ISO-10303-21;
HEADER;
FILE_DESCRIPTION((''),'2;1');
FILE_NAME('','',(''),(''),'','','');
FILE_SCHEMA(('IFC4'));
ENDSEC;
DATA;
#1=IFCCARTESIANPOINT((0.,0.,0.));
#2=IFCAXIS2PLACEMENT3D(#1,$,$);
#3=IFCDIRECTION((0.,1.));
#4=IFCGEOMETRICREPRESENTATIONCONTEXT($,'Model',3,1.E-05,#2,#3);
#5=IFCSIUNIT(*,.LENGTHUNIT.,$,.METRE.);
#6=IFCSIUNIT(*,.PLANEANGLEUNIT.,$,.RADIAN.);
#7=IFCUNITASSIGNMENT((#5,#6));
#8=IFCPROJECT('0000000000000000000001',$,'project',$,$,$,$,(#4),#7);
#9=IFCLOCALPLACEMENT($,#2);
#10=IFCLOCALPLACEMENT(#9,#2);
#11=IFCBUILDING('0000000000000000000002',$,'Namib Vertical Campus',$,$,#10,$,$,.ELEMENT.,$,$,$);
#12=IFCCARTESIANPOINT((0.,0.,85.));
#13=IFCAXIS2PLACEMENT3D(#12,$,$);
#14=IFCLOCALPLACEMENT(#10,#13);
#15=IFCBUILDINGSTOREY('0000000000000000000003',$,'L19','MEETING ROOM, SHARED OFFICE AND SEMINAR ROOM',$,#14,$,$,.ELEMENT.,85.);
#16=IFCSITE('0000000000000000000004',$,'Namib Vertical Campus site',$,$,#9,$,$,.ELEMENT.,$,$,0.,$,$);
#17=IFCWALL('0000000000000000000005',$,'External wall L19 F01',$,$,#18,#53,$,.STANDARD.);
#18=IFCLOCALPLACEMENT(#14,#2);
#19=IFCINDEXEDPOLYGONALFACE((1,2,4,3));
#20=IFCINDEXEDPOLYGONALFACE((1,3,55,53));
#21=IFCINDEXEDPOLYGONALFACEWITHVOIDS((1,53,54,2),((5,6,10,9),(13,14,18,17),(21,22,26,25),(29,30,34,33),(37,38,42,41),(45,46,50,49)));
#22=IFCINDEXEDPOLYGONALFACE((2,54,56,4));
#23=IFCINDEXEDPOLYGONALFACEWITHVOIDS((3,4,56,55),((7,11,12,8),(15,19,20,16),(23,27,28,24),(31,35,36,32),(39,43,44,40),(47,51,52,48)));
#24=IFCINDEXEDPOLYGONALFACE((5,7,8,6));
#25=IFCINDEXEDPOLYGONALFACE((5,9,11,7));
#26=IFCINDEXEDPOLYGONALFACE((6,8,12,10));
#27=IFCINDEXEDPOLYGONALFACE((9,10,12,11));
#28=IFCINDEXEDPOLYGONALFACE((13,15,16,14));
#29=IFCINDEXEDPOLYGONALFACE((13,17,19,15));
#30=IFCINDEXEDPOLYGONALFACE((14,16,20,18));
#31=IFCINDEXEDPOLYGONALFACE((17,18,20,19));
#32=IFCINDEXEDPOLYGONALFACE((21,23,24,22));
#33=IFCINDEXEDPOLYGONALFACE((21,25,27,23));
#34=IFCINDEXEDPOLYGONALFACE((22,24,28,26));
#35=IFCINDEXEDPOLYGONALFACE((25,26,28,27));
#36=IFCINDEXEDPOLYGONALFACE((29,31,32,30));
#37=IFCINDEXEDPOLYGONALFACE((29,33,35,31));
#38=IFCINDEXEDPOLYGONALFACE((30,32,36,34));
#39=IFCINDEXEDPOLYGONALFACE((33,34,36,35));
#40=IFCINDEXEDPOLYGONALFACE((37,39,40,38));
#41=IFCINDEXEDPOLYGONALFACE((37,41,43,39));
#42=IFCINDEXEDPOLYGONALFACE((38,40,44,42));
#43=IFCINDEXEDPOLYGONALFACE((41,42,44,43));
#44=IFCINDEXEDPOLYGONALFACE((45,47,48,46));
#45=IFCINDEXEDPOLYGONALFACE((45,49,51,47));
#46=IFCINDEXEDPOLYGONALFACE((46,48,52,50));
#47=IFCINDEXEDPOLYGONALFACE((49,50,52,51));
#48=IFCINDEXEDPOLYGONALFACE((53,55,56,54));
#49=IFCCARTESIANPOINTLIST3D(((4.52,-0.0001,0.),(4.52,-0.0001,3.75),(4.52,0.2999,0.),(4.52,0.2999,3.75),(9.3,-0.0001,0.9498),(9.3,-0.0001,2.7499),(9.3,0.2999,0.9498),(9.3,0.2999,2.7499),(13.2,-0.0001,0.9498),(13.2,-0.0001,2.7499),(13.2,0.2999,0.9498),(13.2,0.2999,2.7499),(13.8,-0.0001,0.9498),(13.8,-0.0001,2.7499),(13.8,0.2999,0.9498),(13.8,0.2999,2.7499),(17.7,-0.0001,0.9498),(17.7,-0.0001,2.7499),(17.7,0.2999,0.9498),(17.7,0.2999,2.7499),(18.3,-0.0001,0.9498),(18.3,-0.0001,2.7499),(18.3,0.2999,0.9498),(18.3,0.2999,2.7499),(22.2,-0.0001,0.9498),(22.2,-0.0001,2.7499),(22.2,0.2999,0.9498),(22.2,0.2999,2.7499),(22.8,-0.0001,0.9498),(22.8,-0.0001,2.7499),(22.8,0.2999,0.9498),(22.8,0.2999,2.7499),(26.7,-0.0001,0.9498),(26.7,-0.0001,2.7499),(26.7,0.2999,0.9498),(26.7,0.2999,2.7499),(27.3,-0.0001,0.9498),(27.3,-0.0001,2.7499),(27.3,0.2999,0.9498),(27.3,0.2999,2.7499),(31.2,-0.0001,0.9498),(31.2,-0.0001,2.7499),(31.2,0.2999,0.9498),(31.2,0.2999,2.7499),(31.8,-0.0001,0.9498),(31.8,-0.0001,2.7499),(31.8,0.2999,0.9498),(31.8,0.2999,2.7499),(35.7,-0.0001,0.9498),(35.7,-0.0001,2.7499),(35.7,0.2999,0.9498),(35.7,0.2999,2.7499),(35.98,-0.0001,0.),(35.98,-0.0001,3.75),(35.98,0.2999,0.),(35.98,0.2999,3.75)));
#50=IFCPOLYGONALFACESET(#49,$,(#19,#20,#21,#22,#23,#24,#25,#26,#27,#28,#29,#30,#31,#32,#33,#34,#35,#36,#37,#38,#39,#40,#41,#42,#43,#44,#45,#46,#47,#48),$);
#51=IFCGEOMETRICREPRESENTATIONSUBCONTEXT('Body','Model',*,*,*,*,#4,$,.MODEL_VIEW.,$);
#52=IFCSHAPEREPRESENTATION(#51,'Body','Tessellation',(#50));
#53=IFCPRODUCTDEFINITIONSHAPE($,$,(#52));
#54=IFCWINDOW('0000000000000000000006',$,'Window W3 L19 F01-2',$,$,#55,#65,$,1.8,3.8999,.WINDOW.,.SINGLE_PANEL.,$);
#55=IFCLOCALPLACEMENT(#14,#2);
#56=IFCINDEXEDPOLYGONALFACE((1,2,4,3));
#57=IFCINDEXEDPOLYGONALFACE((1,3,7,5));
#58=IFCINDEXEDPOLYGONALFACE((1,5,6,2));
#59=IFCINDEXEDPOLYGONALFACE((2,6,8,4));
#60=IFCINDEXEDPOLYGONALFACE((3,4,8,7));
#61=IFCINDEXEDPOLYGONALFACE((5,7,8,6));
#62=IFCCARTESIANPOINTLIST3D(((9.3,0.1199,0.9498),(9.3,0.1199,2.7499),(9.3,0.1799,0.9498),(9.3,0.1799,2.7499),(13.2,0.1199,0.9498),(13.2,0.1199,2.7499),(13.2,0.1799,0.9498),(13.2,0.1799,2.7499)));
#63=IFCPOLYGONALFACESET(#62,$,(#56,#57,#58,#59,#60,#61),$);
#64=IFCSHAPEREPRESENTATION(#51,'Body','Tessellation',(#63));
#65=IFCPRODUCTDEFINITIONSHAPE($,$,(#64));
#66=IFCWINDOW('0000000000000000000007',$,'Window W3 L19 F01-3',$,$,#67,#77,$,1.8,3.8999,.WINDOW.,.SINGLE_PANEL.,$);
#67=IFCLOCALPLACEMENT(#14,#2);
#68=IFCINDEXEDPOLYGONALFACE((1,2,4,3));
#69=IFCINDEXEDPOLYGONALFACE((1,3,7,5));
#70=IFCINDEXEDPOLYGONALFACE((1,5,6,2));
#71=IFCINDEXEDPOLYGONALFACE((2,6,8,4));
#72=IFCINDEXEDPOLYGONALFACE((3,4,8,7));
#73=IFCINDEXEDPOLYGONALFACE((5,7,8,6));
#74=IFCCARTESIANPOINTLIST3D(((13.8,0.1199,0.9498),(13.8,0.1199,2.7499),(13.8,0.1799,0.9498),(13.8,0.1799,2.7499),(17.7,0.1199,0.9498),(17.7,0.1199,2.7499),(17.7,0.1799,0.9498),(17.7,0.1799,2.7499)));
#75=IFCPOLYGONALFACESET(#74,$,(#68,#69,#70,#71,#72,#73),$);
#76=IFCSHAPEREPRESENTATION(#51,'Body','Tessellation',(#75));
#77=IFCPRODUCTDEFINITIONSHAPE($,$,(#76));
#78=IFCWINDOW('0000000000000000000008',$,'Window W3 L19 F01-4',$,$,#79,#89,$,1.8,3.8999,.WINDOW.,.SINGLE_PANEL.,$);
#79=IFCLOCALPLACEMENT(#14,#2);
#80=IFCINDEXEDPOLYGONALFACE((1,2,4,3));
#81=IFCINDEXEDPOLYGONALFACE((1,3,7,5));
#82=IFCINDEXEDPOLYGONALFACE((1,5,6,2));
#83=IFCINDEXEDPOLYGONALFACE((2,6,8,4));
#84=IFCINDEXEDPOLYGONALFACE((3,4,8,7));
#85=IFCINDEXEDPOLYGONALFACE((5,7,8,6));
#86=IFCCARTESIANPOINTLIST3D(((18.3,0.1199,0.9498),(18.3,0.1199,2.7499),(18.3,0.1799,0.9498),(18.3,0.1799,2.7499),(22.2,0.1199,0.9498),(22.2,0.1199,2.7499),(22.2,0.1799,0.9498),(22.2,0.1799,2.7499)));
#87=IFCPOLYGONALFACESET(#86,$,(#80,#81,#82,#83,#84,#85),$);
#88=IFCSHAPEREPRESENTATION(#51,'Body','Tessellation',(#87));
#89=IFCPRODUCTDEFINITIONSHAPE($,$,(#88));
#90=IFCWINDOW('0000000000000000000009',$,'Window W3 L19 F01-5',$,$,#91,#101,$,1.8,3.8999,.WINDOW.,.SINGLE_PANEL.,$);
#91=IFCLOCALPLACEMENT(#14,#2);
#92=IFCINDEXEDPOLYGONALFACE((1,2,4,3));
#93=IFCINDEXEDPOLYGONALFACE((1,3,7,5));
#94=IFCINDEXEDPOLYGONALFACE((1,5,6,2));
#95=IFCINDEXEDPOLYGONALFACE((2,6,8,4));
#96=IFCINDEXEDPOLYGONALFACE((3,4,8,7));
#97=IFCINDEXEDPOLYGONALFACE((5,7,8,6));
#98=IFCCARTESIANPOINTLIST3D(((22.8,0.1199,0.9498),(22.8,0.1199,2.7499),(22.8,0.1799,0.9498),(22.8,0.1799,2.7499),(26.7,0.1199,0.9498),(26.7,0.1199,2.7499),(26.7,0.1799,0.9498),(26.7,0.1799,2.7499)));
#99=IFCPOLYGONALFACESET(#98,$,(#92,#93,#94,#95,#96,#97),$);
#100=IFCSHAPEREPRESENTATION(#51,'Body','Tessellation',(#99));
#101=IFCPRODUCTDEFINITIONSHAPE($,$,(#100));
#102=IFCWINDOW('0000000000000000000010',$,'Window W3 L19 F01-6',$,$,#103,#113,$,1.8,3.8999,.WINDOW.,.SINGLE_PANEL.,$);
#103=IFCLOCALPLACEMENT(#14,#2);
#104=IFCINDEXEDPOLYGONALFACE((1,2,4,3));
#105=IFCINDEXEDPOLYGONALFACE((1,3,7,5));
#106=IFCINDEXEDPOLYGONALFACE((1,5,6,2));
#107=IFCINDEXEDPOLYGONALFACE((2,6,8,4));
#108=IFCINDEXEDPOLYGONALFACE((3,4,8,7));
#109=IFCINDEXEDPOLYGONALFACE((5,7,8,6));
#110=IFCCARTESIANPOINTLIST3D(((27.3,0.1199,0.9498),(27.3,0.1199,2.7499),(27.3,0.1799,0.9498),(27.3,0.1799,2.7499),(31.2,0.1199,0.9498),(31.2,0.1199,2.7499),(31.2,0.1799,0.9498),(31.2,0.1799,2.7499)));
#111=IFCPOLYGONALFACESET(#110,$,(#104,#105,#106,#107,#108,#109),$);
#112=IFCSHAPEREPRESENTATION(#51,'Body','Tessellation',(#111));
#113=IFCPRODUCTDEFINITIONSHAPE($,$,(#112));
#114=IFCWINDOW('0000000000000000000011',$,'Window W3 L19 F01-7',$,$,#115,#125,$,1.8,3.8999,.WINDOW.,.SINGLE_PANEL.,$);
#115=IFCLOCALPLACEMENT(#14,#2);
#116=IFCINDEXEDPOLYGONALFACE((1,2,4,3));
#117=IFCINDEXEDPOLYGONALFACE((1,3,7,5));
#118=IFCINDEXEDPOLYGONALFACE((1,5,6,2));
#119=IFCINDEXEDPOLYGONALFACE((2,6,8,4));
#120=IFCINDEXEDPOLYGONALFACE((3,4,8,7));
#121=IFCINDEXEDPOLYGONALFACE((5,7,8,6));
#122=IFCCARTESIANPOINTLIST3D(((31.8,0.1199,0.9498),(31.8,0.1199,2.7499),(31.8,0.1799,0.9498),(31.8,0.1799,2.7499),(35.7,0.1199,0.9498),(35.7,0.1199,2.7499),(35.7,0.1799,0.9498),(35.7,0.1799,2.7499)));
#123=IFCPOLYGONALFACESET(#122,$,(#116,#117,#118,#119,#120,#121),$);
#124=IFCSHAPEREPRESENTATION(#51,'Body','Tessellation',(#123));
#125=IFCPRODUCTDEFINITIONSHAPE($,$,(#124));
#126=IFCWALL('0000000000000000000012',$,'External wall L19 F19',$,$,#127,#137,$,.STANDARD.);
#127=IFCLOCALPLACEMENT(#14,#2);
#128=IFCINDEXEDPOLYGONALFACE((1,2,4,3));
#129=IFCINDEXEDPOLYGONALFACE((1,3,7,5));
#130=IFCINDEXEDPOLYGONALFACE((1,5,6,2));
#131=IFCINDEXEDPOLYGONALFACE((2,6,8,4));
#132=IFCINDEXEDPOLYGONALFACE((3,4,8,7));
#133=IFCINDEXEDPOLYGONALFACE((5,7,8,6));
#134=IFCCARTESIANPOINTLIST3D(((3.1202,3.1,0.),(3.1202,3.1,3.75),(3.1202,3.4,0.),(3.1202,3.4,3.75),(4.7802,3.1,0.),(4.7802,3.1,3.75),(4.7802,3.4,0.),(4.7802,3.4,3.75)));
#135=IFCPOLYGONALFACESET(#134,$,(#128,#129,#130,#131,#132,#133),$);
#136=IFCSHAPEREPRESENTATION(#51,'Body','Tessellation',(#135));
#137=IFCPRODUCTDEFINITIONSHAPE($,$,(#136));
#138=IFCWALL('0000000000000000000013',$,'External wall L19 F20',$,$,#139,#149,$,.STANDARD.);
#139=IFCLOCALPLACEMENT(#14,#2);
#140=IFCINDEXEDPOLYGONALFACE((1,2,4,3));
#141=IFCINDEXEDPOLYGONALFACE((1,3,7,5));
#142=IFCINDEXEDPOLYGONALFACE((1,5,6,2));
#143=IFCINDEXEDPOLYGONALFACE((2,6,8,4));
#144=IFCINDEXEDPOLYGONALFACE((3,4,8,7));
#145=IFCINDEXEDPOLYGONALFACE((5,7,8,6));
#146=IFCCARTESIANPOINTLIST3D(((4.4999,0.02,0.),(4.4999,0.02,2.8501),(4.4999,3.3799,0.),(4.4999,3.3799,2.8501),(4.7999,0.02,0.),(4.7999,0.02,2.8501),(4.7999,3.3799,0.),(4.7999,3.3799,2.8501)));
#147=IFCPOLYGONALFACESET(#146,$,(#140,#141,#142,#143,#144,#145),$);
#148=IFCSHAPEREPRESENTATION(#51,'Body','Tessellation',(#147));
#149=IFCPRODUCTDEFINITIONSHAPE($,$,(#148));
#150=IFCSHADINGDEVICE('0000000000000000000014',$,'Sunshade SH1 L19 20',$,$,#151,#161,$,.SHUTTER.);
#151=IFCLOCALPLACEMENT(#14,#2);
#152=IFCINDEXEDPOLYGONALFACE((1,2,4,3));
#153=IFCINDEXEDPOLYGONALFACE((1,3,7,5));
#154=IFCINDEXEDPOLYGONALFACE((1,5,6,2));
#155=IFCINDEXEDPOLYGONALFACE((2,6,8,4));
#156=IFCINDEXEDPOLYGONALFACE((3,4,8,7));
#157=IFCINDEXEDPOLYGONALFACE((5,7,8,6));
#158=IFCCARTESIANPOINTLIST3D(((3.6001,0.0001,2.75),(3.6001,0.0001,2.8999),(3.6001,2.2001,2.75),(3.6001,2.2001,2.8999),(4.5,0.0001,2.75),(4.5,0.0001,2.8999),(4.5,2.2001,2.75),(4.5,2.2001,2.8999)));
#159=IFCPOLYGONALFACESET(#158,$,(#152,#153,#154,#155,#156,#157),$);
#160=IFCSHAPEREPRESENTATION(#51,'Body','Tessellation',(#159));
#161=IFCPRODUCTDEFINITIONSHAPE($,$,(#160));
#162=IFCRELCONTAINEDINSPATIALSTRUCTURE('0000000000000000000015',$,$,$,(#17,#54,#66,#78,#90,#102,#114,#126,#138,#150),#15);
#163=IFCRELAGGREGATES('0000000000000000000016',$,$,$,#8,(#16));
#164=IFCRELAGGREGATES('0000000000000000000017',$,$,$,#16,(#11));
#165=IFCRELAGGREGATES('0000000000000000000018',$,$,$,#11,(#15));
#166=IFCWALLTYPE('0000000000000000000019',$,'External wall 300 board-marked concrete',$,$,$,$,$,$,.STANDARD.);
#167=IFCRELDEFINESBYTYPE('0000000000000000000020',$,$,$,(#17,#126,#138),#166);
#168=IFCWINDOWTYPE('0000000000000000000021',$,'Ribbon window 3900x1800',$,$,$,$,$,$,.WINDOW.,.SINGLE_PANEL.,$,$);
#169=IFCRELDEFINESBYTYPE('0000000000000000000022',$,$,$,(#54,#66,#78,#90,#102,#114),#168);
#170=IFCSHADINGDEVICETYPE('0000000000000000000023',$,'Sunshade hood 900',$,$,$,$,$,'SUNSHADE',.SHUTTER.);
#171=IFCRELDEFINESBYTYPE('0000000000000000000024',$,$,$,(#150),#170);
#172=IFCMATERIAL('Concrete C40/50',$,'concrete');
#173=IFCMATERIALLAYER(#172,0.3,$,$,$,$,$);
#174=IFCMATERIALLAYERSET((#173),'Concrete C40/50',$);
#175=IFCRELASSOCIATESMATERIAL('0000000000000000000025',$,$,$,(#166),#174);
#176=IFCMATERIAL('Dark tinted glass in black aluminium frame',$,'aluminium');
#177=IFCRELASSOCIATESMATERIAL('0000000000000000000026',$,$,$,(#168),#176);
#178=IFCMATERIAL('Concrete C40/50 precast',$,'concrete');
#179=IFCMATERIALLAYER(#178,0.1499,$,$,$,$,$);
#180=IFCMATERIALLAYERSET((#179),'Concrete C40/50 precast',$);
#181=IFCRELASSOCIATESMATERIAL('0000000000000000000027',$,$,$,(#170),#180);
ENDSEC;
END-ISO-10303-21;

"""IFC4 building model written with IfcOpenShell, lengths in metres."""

from ifc_helpers import new_model, si_unit, direction, frame, frame_2d, origin, origin_2d, place, context, subcontext, project, spatial, rectangle, extrude, material, layer, layer_set, type_object, element, fill, save


model = new_model("IFC4")

# Units and contexts
model_context = context("Model", 3, precision=1e-05, world=origin(), true_north=direction((0.0, 1.0)))
body_context = subcontext(model_context, "Body", "Model", "MODEL_VIEW")
ifc_project = project(units=[si_unit("LENGTHUNIT", "METRE"), si_unit("PLANEANGLEUNIT", "RADIAN")], contexts=[model_context])

# Site, building, storey
site_placement = place(None, origin())
site = spatial("IfcSite", under=ifc_project, at=site_placement, Name="Namib Vertical Campus site", CompositionType="ELEMENT", RefElevation=0.0)
building_placement = place(site_placement, origin())
building = spatial("IfcBuilding", under=site, at=building_placement, Name="Namib Vertical Campus", CompositionType="ELEMENT")
storey_placement = place(building_placement, frame((0.0, 0.0, 85.0)))
storey = spatial("IfcBuildingStorey", under=building, at=storey_placement, Name="L19", Description="MEETING ROOM, SHARED OFFICE AND SEMINAR ROOM", CompositionType="ELEMENT", Elevation=85.0)

# Wall, openings, windows
ifc_material_1 = material(Name="Concrete C40/50", Category="concrete")
ifc_layer_1 = layer(ifc_material_1, 0.3)
ifc_layer_set_1 = layer_set([ifc_layer_1], Name="Concrete C40/50")
wall_type = type_object("IfcWallType", Name="External wall 300 board-marked concrete", PredefinedType="STANDARD", material=ifc_layer_set_1)
wall_1_placement = place(storey_placement, frame((4.52, 0.1499, 0.0), z_axis=(0.0, 0.0, 1.0), x_axis=(1.0, 0.0, 0.0)))
wall_1 = element("IfcWall", 1, at=wall_1_placement, inside=storey, type_object=wall_type, Name="External wall L19 F01", PredefinedType="STANDARD", context=body_context, shape_type="SweptSolid", body=[
    extrude(rectangle(XDim=31.46, YDim=0.3, at=frame_2d((15.73, 0.0))), origin(), (0.0, 0.0, 1.0), 3.75),
])
opening_1_placement = place(wall_1_placement, frame((4.78, 0.0, 0.95)))
opening_1 = element("IfcOpeningElement", 2, at=opening_1_placement, cuts=wall_1, PredefinedType="OPENING", context=body_context, shape_type="SweptSolid", body=[
    extrude(rectangle(XDim=3.8999, YDim=1.8, at=frame_2d((1.95, 0.8999))), frame((0.0, 0.1599, 0.0), z_axis=(0.0, -1.0, 0.0), x_axis=(1.0, 0.0, 0.0)), (0.0, 0.0, 1.0), 0.3201),
])
opening_2_placement = place(wall_1_placement, frame((9.28, 0.0, 0.95)))
opening_2 = element("IfcOpeningElement", 3, at=opening_2_placement, cuts=wall_1, PredefinedType="OPENING", context=body_context, shape_type="SweptSolid", body=[
    extrude(rectangle(XDim=3.8999, YDim=1.8, at=frame_2d((1.95, 0.8999))), frame((0.0, 0.1599, 0.0), z_axis=(0.0, -1.0, 0.0), x_axis=(1.0, 0.0, 0.0)), (0.0, 0.0, 1.0), 0.3201),
])
opening_3_placement = place(wall_1_placement, frame((13.78, 0.0, 0.95)))
opening_3 = element("IfcOpeningElement", 4, at=opening_3_placement, cuts=wall_1, PredefinedType="OPENING", context=body_context, shape_type="SweptSolid", body=[
    extrude(rectangle(XDim=3.8999, YDim=1.8, at=frame_2d((1.95, 0.8999))), frame((0.0, 0.1599, 0.0), z_axis=(0.0, -1.0, 0.0), x_axis=(1.0, 0.0, 0.0)), (0.0, 0.0, 1.0), 0.3201),
])
opening_4_placement = place(wall_1_placement, frame((18.28, 0.0, 0.95)))
opening_4 = element("IfcOpeningElement", 5, at=opening_4_placement, cuts=wall_1, PredefinedType="OPENING", context=body_context, shape_type="SweptSolid", body=[
    extrude(rectangle(XDim=3.8999, YDim=1.8, at=frame_2d((1.95, 0.8999))), frame((0.0, 0.1599, 0.0), z_axis=(0.0, -1.0, 0.0), x_axis=(1.0, 0.0, 0.0)), (0.0, 0.0, 1.0), 0.3201),
])
opening_5_placement = place(wall_1_placement, frame((22.78, 0.0, 0.95)))
opening_5 = element("IfcOpeningElement", 6, at=opening_5_placement, cuts=wall_1, PredefinedType="OPENING", context=body_context, shape_type="SweptSolid", body=[
    extrude(rectangle(XDim=3.8999, YDim=1.8, at=frame_2d((1.95, 0.8999))), frame((0.0, 0.1599, 0.0), z_axis=(0.0, -1.0, 0.0), x_axis=(1.0, 0.0, 0.0)), (0.0, 0.0, 1.0), 0.3201),
])
opening_6_placement = place(wall_1_placement, frame((27.28, 0.0, 0.95)))
opening_6 = element("IfcOpeningElement", 7, at=opening_6_placement, cuts=wall_1, PredefinedType="OPENING", context=body_context, shape_type="SweptSolid", body=[
    extrude(rectangle(XDim=3.8999, YDim=1.8, at=frame_2d((1.95, 0.8999))), frame((0.0, 0.1599, 0.0), z_axis=(0.0, -1.0, 0.0), x_axis=(1.0, 0.0, 0.0)), (0.0, 0.0, 1.0), 0.3201),
])
ifc_material_2 = material(Name="Dark tinted glass in black aluminium frame", Category="aluminium")
window_type = type_object("IfcWindowType", Name="Ribbon window 3900x1800", PartitioningType="SINGLE_PANEL", PredefinedType="WINDOW", material=ifc_material_2)
window_1_placement = place(opening_1_placement, origin())
window_1 = element("IfcWindow", 8, at=window_1_placement, inside=storey, type_object=window_type, Name="Window W3 L19 F01-2", OverallHeight=1.8, OverallWidth=3.8999, PartitioningType="SINGLE_PANEL", PredefinedType="WINDOW", context=body_context, shape_type="SweptSolid", body=[
    extrude(rectangle(XDim=3.8999, YDim=1.8, at=frame_2d((1.95, 0.8999))), frame((0.0, 0.03, 0.0), z_axis=(0.0, -1.0, 0.0), x_axis=(1.0, 0.0, 0.0)), (0.0, 0.0, 1.0), 0.0601),
])
fill(opening_1, window_1)
window_2_placement = place(opening_2_placement, origin())
window_2 = element("IfcWindow", 9, at=window_2_placement, inside=storey, type_object=window_type, Name="Window W3 L19 F01-3", OverallHeight=1.8, OverallWidth=3.8999, PartitioningType="SINGLE_PANEL", PredefinedType="WINDOW", context=body_context, shape_type="SweptSolid", body=[
    extrude(rectangle(XDim=3.8999, YDim=1.8, at=frame_2d((1.95, 0.8999))), frame((0.0, 0.03, 0.0), z_axis=(0.0, -1.0, 0.0), x_axis=(1.0, 0.0, 0.0)), (0.0, 0.0, 1.0), 0.0601),
])
fill(opening_2, window_2)
window_3_placement = place(opening_3_placement, origin())
window_3 = element("IfcWindow", 10, at=window_3_placement, inside=storey, type_object=window_type, Name="Window W3 L19 F01-4", OverallHeight=1.8, OverallWidth=3.8999, PartitioningType="SINGLE_PANEL", PredefinedType="WINDOW", context=body_context, shape_type="SweptSolid", body=[
    extrude(rectangle(XDim=3.8999, YDim=1.8, at=frame_2d((1.95, 0.8999))), frame((0.0, 0.03, 0.0), z_axis=(0.0, -1.0, 0.0), x_axis=(1.0, 0.0, 0.0)), (0.0, 0.0, 1.0), 0.0601),
])
fill(opening_3, window_3)
window_4_placement = place(opening_4_placement, origin())
window_4 = element("IfcWindow", 11, at=window_4_placement, inside=storey, type_object=window_type, Name="Window W3 L19 F01-5", OverallHeight=1.8, OverallWidth=3.8999, PartitioningType="SINGLE_PANEL", PredefinedType="WINDOW", context=body_context, shape_type="SweptSolid", body=[
    extrude(rectangle(XDim=3.8999, YDim=1.8, at=frame_2d((1.95, 0.8999))), frame((0.0, 0.03, 0.0), z_axis=(0.0, -1.0, 0.0), x_axis=(1.0, 0.0, 0.0)), (0.0, 0.0, 1.0), 0.0601),
])
fill(opening_4, window_4)
window_5_placement = place(opening_5_placement, origin())
window_5 = element("IfcWindow", 12, at=window_5_placement, inside=storey, type_object=window_type, Name="Window W3 L19 F01-6", OverallHeight=1.8, OverallWidth=3.8999, PartitioningType="SINGLE_PANEL", PredefinedType="WINDOW", context=body_context, shape_type="SweptSolid", body=[
    extrude(rectangle(XDim=3.8999, YDim=1.8, at=frame_2d((1.95, 0.8999))), frame((0.0, 0.03, 0.0), z_axis=(0.0, -1.0, 0.0), x_axis=(1.0, 0.0, 0.0)), (0.0, 0.0, 1.0), 0.0601),
])
fill(opening_5, window_5)
window_6_placement = place(opening_6_placement, origin())
window_6 = element("IfcWindow", 13, at=window_6_placement, inside=storey, type_object=window_type, Name="Window W3 L19 F01-7", OverallHeight=1.8, OverallWidth=3.8999, PartitioningType="SINGLE_PANEL", PredefinedType="WINDOW", context=body_context, shape_type="SweptSolid", body=[
    extrude(rectangle(XDim=3.8999, YDim=1.8, at=frame_2d((1.95, 0.8999))), frame((0.0, 0.03, 0.0), z_axis=(0.0, -1.0, 0.0), x_axis=(1.0, 0.0, 0.0)), (0.0, 0.0, 1.0), 0.0601),
])
fill(opening_6, window_6)

# Walls
wall_2_placement = place(storey_placement, frame((3.1201, 3.25, 0.0), z_axis=(0.0, 0.0, 1.0), x_axis=(1.0, 0.0, 0.0)))
element("IfcWall", 14, at=wall_2_placement, inside=storey, type_object=wall_type, Name="External wall L19 F19", PredefinedType="STANDARD", context=body_context, shape_type="SweptSolid", body=[
    extrude(rectangle(XDim=1.6599, YDim=0.3, at=frame_2d((0.8301, 0.0))), origin(), (0.0, 0.0, 1.0), 3.75),
])
wall_3_placement = place(storey_placement, frame((4.6499, 3.3799, 0.0), z_axis=(0.0, 0.0, 1.0), x_axis=(0.0, -1.0, 0.0)))
element("IfcWall", 15, at=wall_3_placement, inside=storey, type_object=wall_type, Name="External wall L19 F20", PredefinedType="STANDARD", context=body_context, shape_type="SweptSolid", body=[
    extrude(rectangle(XDim=3.3599, YDim=0.3, at=frame_2d((1.6799, 0.0))), origin(), (0.0, 0.0, 1.0), 2.8501),
])

# Shading device
ifc_material_3 = material(Name="Concrete C40/50 precast", Category="concrete")
ifc_layer_2 = layer(ifc_material_3, 0.1499)
ifc_layer_set_2 = layer_set([ifc_layer_2], Name="Concrete C40/50 precast")
shading_device_type = type_object("IfcShadingDeviceType", Name="Sunshade hood 900", ElementType="SUNSHADE", PredefinedType="SHUTTER", material=ifc_layer_set_2)
shading_device_placement = place(storey_placement, frame((4.05, 1.1001, 2.75), z_axis=(0.0, 0.0, 1.0), x_axis=(0.0, -1.0, 0.0)))
element("IfcShadingDevice", 16, at=shading_device_placement, inside=storey, type_object=shading_device_type, Name="Sunshade SH1 L19 20", PredefinedType="SHUTTER", context=body_context, shape_type="SweptSolid", body=[
    extrude(rectangle(XDim=2.2, YDim=0.8999, at=origin_2d()), origin(), (0.0, 0.0, 1.0), 0.1499),
])

save(model, "model.ifc")
